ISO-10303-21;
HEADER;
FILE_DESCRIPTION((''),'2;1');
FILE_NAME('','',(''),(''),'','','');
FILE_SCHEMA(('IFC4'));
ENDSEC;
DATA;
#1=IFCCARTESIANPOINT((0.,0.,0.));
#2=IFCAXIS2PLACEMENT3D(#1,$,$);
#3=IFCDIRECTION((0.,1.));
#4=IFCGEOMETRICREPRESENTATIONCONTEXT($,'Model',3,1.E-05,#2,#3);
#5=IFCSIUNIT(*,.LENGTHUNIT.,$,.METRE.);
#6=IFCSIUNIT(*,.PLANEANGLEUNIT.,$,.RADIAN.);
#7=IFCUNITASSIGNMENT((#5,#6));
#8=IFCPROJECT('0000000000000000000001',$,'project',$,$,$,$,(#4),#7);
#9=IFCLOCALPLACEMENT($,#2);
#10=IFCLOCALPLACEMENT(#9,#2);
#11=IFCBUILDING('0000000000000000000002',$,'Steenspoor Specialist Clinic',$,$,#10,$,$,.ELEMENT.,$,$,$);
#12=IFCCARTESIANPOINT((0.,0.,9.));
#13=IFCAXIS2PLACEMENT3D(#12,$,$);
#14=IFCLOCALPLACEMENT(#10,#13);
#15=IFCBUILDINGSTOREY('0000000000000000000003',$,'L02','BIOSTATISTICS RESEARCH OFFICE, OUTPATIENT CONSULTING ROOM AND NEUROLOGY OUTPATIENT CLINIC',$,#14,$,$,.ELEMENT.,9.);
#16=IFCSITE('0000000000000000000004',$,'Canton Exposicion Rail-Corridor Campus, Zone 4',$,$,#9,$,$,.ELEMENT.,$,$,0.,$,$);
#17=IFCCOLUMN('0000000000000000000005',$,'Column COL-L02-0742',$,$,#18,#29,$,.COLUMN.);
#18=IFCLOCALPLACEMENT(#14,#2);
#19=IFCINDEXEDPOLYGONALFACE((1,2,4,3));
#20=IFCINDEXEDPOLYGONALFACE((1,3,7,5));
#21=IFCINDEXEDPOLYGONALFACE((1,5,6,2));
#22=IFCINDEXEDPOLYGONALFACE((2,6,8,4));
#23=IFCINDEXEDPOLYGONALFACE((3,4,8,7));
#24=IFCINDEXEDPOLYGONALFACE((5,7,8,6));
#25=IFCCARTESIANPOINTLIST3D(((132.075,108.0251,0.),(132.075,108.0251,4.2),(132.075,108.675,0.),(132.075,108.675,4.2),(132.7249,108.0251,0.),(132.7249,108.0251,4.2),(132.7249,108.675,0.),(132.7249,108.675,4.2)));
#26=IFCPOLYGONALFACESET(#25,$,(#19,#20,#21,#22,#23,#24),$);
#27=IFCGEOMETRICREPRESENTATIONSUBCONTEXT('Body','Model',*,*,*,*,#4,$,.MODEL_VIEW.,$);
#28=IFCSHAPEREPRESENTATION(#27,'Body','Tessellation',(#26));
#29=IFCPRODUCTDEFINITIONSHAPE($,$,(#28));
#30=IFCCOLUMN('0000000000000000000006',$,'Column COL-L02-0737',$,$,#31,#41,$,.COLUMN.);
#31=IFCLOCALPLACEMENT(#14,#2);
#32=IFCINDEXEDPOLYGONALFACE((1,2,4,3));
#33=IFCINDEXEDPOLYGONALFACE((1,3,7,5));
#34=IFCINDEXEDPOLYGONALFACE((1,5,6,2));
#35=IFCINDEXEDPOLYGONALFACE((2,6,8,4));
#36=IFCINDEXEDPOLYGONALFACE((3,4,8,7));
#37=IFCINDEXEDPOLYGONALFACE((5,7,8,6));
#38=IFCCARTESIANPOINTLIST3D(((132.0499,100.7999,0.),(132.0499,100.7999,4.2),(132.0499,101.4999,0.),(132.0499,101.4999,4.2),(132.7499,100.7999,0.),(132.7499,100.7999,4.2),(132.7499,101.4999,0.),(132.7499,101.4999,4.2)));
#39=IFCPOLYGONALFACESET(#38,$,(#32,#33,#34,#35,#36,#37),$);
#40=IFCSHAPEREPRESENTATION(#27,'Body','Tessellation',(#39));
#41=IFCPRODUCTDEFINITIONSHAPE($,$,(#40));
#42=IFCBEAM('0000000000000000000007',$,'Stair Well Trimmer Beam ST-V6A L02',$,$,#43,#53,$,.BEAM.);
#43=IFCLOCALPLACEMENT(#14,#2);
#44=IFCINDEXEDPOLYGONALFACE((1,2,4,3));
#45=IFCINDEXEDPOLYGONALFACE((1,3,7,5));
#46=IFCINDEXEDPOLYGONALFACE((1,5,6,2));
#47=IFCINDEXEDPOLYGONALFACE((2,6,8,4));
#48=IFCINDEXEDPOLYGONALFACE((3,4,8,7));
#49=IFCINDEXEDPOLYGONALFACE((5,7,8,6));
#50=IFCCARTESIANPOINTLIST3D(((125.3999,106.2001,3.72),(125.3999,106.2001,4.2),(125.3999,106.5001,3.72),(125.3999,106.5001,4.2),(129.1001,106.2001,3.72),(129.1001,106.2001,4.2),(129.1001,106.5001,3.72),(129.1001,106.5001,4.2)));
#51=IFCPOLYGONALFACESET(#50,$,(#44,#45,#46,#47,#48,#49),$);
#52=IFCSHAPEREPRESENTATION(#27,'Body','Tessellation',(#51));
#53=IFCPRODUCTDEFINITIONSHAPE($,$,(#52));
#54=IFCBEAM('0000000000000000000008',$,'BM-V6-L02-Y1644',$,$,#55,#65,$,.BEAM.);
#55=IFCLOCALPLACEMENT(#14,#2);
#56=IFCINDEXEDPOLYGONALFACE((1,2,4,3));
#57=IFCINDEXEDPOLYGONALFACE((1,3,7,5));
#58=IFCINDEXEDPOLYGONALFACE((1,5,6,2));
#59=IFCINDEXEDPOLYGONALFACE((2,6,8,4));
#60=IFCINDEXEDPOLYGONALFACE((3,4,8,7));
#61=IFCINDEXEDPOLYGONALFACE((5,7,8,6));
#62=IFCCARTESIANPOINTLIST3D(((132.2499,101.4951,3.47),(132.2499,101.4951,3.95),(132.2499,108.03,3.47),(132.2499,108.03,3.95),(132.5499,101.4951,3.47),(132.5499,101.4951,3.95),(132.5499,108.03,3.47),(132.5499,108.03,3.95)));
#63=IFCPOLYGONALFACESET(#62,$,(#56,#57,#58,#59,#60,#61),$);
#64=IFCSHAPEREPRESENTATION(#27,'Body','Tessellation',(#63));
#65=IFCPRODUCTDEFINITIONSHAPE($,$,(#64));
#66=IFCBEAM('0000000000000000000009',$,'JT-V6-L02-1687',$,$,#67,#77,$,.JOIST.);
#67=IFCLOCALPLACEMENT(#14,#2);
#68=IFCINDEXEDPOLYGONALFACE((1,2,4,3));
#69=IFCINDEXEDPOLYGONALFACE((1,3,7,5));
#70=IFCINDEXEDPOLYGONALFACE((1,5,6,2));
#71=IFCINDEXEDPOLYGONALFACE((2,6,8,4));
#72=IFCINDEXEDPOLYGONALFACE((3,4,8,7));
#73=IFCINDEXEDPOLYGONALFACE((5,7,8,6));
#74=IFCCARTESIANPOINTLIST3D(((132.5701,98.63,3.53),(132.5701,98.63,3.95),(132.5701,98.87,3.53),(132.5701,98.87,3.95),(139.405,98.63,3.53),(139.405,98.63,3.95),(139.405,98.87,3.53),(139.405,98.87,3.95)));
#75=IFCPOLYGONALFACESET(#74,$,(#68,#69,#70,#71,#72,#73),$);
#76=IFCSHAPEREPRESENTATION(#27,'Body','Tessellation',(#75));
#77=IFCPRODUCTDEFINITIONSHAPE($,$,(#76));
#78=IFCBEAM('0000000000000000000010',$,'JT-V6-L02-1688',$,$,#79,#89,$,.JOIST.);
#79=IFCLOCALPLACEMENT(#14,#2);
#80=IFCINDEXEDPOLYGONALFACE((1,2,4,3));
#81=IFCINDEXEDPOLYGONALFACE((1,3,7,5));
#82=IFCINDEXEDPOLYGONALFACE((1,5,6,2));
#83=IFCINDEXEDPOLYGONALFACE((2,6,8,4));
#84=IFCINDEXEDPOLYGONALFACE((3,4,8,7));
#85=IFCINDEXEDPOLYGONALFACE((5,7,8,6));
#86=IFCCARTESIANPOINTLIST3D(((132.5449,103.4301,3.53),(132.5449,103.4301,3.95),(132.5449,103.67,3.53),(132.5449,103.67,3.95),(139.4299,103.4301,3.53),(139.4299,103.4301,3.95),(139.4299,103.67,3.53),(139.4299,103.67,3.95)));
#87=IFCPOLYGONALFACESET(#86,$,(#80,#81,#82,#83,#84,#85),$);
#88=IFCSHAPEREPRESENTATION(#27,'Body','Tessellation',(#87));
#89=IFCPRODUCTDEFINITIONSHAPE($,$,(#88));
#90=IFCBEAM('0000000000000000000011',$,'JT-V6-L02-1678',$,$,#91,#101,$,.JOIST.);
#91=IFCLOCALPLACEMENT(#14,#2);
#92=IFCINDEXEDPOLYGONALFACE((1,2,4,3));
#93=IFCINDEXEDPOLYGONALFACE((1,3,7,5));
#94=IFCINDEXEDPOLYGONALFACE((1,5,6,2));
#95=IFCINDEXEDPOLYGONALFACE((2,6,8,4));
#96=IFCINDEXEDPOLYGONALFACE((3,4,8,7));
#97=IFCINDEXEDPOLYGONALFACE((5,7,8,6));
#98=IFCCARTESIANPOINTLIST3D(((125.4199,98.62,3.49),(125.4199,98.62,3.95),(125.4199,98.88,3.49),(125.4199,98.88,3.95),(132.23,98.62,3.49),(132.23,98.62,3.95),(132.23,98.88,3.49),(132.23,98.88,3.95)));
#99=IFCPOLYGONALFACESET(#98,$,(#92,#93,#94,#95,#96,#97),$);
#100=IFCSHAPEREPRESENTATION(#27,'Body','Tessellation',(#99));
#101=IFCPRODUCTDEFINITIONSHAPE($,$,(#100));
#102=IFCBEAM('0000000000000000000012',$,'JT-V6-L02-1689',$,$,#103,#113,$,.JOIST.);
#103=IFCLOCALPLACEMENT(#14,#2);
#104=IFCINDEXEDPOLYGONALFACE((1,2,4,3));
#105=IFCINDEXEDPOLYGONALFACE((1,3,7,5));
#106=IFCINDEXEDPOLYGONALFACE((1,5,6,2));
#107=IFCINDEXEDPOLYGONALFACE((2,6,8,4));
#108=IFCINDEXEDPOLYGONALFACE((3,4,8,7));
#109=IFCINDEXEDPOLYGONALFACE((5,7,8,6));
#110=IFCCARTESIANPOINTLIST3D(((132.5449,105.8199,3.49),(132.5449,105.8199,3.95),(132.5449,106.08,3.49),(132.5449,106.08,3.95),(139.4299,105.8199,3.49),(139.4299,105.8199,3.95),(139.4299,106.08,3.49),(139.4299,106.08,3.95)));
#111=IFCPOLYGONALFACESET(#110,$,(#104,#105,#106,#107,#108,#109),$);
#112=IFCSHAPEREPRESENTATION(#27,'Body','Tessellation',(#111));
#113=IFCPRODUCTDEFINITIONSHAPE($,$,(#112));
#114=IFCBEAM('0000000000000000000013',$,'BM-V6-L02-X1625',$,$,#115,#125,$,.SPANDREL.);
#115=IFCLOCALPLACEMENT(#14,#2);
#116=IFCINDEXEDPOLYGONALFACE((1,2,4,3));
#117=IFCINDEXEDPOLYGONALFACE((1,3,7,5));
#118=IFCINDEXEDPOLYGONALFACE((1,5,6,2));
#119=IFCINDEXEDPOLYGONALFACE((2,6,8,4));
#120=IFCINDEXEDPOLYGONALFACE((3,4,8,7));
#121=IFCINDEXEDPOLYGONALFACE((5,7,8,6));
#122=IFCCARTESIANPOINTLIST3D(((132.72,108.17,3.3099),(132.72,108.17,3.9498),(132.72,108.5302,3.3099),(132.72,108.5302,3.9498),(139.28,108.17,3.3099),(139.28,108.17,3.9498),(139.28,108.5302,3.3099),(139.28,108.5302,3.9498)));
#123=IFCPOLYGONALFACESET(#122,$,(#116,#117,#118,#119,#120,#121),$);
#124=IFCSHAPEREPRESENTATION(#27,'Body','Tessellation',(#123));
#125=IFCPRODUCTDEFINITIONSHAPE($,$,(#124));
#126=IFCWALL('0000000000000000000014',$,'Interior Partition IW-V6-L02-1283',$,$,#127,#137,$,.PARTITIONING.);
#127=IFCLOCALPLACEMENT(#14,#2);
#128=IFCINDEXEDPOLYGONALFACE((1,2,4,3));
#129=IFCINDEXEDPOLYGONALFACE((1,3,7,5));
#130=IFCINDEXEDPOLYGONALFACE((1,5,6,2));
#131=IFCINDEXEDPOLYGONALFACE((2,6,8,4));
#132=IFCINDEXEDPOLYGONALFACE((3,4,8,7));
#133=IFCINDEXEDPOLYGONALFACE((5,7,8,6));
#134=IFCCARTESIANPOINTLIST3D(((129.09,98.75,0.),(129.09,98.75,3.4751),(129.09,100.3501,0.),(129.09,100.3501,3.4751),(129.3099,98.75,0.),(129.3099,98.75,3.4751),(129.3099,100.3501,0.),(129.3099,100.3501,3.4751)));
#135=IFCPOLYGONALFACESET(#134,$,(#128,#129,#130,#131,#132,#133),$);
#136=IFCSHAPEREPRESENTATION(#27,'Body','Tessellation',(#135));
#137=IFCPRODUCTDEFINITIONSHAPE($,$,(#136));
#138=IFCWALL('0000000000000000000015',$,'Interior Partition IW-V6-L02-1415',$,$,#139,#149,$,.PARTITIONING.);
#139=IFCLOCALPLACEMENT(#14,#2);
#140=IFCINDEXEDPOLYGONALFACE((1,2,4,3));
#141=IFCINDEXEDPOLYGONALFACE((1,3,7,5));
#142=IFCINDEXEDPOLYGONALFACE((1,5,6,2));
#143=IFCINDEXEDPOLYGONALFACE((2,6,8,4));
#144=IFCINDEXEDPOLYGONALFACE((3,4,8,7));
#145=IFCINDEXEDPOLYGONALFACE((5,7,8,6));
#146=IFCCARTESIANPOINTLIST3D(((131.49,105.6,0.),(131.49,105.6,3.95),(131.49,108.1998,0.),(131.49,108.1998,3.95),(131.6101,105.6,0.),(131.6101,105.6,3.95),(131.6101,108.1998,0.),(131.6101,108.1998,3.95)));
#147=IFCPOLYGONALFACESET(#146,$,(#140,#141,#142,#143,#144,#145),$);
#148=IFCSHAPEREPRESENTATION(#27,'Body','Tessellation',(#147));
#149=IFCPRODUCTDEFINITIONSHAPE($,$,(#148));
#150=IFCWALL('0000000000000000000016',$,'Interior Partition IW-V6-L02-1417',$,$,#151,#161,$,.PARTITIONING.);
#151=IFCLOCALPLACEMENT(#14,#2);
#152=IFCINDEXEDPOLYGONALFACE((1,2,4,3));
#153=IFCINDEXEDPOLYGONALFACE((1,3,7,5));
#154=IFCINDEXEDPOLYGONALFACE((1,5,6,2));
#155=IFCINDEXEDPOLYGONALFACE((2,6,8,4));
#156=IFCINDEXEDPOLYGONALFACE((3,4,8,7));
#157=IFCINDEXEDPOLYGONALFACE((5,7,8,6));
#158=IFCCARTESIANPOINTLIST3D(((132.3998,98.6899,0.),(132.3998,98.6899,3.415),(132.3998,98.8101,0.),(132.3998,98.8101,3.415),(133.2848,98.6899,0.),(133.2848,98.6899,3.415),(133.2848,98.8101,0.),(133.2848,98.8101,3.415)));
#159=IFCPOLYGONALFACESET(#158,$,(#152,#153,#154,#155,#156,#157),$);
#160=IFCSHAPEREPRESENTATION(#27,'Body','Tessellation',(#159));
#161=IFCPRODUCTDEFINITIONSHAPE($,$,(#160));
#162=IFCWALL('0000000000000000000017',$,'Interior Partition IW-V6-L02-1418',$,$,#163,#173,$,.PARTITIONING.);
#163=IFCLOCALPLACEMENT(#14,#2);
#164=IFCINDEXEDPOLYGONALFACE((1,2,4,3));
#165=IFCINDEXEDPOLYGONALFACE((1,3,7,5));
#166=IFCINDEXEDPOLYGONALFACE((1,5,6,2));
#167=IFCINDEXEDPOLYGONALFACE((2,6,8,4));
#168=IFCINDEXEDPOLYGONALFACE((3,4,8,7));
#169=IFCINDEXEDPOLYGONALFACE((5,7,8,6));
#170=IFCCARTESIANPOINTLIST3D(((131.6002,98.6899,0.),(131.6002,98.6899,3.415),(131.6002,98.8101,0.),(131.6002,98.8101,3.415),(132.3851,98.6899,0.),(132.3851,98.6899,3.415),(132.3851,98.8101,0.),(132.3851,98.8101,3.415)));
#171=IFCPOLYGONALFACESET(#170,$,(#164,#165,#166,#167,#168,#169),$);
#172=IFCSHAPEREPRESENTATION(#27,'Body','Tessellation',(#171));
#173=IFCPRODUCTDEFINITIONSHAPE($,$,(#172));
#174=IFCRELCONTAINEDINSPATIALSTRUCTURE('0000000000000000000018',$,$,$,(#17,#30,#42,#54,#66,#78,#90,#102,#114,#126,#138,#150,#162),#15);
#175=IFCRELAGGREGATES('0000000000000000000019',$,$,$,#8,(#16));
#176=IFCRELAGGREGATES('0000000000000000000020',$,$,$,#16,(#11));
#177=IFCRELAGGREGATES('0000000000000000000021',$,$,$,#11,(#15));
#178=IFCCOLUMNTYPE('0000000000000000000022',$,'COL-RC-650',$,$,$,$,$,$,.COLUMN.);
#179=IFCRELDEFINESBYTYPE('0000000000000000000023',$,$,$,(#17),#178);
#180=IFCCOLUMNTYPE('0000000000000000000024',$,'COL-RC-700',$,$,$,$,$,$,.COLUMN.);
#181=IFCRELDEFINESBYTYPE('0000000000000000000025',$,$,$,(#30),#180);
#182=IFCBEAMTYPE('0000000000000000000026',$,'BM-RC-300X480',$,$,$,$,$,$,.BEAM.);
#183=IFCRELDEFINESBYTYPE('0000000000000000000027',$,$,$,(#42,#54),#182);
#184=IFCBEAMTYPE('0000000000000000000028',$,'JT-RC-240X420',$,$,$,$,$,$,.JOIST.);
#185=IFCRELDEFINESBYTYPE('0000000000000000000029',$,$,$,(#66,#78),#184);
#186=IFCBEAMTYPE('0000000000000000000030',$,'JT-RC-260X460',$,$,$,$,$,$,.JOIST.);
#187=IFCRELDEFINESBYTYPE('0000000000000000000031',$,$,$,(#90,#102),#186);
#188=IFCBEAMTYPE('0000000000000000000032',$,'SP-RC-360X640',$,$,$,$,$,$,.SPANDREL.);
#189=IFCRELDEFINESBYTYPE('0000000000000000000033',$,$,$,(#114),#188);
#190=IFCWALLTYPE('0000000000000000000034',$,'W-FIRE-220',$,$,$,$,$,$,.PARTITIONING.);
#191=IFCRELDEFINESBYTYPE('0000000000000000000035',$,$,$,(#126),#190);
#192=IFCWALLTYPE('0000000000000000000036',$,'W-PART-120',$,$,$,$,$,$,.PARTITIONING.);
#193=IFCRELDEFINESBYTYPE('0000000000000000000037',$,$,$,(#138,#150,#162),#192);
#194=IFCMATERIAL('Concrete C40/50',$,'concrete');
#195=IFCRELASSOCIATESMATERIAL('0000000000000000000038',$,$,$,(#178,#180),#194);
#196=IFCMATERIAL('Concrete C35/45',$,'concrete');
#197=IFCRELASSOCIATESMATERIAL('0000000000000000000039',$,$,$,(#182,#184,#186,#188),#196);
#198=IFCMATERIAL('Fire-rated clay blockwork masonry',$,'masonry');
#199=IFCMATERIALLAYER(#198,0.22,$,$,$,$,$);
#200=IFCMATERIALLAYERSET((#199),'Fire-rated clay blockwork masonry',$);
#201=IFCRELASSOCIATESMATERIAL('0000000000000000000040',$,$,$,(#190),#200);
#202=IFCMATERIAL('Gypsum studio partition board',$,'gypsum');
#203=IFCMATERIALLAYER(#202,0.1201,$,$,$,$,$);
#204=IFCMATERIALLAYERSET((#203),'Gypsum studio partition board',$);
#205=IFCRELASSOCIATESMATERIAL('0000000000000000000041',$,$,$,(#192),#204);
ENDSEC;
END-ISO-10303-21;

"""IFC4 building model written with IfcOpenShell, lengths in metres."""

from ifc_helpers import new_model, si_unit, direction, frame, frame_2d, origin, origin_2d, place, context, subcontext, project, spatial, rectangle, extrude, material, layer, layer_set, material_profile, profile_set, type_object, element, save


model = new_model("IFC4")

# Units and contexts
model_context = context("Model", 3, precision=1e-05, world=origin(), true_north=direction((0.0, 1.0)))
body_context = subcontext(model_context, "Body", "Model", "MODEL_VIEW")
ifc_project = project(units=[si_unit("LENGTHUNIT", "METRE"), si_unit("PLANEANGLEUNIT", "RADIAN")], contexts=[model_context])

# Site, building, storey
site_placement = place(None, origin())
site = spatial("IfcSite", under=ifc_project, at=site_placement, Name="Canton Exposicion Rail-Corridor Campus, Zone 4", CompositionType="ELEMENT", RefElevation=0.0)
building_placement = place(site_placement, origin())
building = spatial("IfcBuilding", under=site, at=building_placement, Name="Steenspoor Specialist Clinic", CompositionType="ELEMENT")
storey_placement = place(building_placement, frame((0.0, 0.0, 9.0)))
storey = spatial("IfcBuildingStorey", under=building, at=storey_placement, Name="L02", Description="BIOSTATISTICS RESEARCH OFFICE, OUTPATIENT CONSULTING ROOM AND NEUROLOGY OUTPATIENT CLINIC", CompositionType="ELEMENT", Elevation=9.0)

# Columns
ifc_material_1 = material(Name="Concrete C40/50", Category="concrete")
ifc_material_profile_1 = material_profile(ifc_material_1, rectangle(XDim=0.6499, YDim=0.6499, at=origin_2d()), Name="RC-COL-650X650")
ifc_profile_set_1 = profile_set([ifc_material_profile_1], Name="Concrete C40/50")
column_type_1 = type_object("IfcColumnType", Name="COL-RC-650", PredefinedType="COLUMN", material=ifc_profile_set_1)
column_1_placement = place(storey_placement, frame((132.3999, 108.3501, 0.0), z_axis=(0.0, 0.0, 1.0), x_axis=(1.0, 0.0, 0.0)))
element("IfcColumn", 1, at=column_1_placement, inside=storey, type_object=column_type_1, Name="Column COL-L02-0742", PredefinedType="COLUMN", context=body_context, shape_type="SweptSolid", body=[
    extrude(rectangle(XDim=0.6499, YDim=0.6499, at=origin_2d()), origin(), (0.0, 0.0, 1.0), 4.2),
])
ifc_material_profile_2 = material_profile(ifc_material_1, rectangle(XDim=0.7, YDim=0.7, at=origin_2d()), Name="RC-COL-700X700")
ifc_profile_set_2 = profile_set([ifc_material_profile_2], Name="Concrete C40/50")
column_type_2 = type_object("IfcColumnType", Name="COL-RC-700", PredefinedType="COLUMN", material=ifc_profile_set_2)
column_2_placement = place(storey_placement, frame((132.3999, 101.1499, 0.0), z_axis=(0.0, 0.0, 1.0), x_axis=(1.0, 0.0, 0.0)))
element("IfcColumn", 2, at=column_2_placement, inside=storey, type_object=column_type_2, Name="Column COL-L02-0737", PredefinedType="COLUMN", context=body_context, shape_type="SweptSolid", body=[
    extrude(rectangle(XDim=0.7, YDim=0.7, at=origin_2d()), origin(), (0.0, 0.0, 1.0), 4.2),
])

# Beams
ifc_material_2 = material(Name="Concrete C35/45", Category="concrete")
ifc_material_profile_3 = material_profile(ifc_material_2, rectangle(XDim=0.3, YDim=0.48, at=origin_2d()), Name="RC-BM-300X480")
ifc_profile_set_3 = profile_set([ifc_material_profile_3], Name="Concrete C35/45")
beam_type_1 = type_object("IfcBeamType", Name="BM-RC-300X480", PredefinedType="BEAM", material=ifc_profile_set_3)
beam_1_placement = place(storey_placement, frame((125.3999, 106.3501, 3.96), z_axis=(1.0, 0.0, 0.0), x_axis=(0.0, 1.0, 0.0)))
element("IfcBeam", 3, at=beam_1_placement, inside=storey, type_object=beam_type_1, Name="Stair Well Trimmer Beam ST-V6A L02", PredefinedType="BEAM", context=body_context, shape_type="SweptSolid", body=[
    extrude(rectangle(XDim=0.3, YDim=0.48, at=origin_2d()), origin(), (0.0, 0.0, 1.0), 3.7002),
])
beam_2_placement = place(storey_placement, frame((132.3999, 101.4951, 3.71), z_axis=(0.0, 1.0, 0.0), x_axis=(-1.0, 0.0, 0.0)))
element("IfcBeam", 4, at=beam_2_placement, inside=storey, type_object=beam_type_1, Name="BM-V6-L02-Y1644", PredefinedType="BEAM", context=body_context, shape_type="SweptSolid", body=[
    extrude(rectangle(XDim=0.3, YDim=0.48, at=origin_2d()), origin(), (0.0, 0.0, 1.0), 6.5349),
])
ifc_material_profile_4 = material_profile(ifc_material_2, rectangle(XDim=0.24, YDim=0.4199, at=origin_2d()), Name="RC-JT-240X420")
ifc_profile_set_4 = profile_set([ifc_material_profile_4], Name="Concrete C35/45")
beam_type_2 = type_object("IfcBeamType", Name="JT-RC-240X420", PredefinedType="JOIST", material=ifc_profile_set_4)
beam_3_placement = place(storey_placement, frame((132.5701, 98.75, 3.74), z_axis=(1.0, 0.0, 0.0), x_axis=(0.0, 1.0, 0.0)))
element("IfcBeam", 5, at=beam_3_placement, inside=storey, type_object=beam_type_2, Name="JT-V6-L02-1687", PredefinedType="JOIST", context=body_context, shape_type="SweptSolid", body=[
    extrude(rectangle(XDim=0.24, YDim=0.4199, at=origin_2d()), origin(), (0.0, 0.0, 1.0), 6.835),
])
beam_4_placement = place(storey_placement, frame((132.5449, 103.55, 3.74), z_axis=(1.0, 0.0, 0.0), x_axis=(0.0, 1.0, 0.0)))
element("IfcBeam", 6, at=beam_4_placement, inside=storey, type_object=beam_type_2, Name="JT-V6-L02-1688", PredefinedType="JOIST", context=body_context, shape_type="SweptSolid", body=[
    extrude(rectangle(XDim=0.24, YDim=0.4199, at=origin_2d()), origin(), (0.0, 0.0, 1.0), 6.885),
])
ifc_material_profile_5 = material_profile(ifc_material_2, rectangle(XDim=0.26, YDim=0.46, at=origin_2d()), Name="RC-JT-260X460")
ifc_profile_set_5 = profile_set([ifc_material_profile_5], Name="Concrete C35/45")
beam_type_3 = type_object("IfcBeamType", Name="JT-RC-260X460", PredefinedType="JOIST", material=ifc_profile_set_5)
beam_5_placement = place(storey_placement, frame((125.4199, 98.75, 3.72), z_axis=(1.0, 0.0, 0.0), x_axis=(0.0, 1.0, 0.0)))
element("IfcBeam", 7, at=beam_5_placement, inside=storey, type_object=beam_type_3, Name="JT-V6-L02-1678", PredefinedType="JOIST", context=body_context, shape_type="SweptSolid", body=[
    extrude(rectangle(XDim=0.26, YDim=0.46, at=origin_2d()), origin(), (0.0, 0.0, 1.0), 6.8101),
])
beam_6_placement = place(storey_placement, frame((132.5449, 105.95, 3.72), z_axis=(1.0, 0.0, 0.0), x_axis=(0.0, 1.0, 0.0)))
element("IfcBeam", 8, at=beam_6_placement, inside=storey, type_object=beam_type_3, Name="JT-V6-L02-1689", PredefinedType="JOIST", context=body_context, shape_type="SweptSolid", body=[
    extrude(rectangle(XDim=0.26, YDim=0.46, at=origin_2d()), origin(), (0.0, 0.0, 1.0), 6.885),
])
ifc_material_profile_6 = material_profile(ifc_material_2, rectangle(XDim=0.3601, YDim=0.6399, at=origin_2d()), Name="RC-SP-360X640")
ifc_profile_set_6 = profile_set([ifc_material_profile_6], Name="Concrete C35/45")
beam_type_4 = type_object("IfcBeamType", Name="SP-RC-360X640", PredefinedType="SPANDREL", material=ifc_profile_set_6)
beam_7_placement = place(storey_placement, frame((132.72, 108.3501, 3.6299), z_axis=(1.0, 0.0, 0.0), x_axis=(0.0, 1.0, 0.0)))
element("IfcBeam", 9, at=beam_7_placement, inside=storey, type_object=beam_type_4, Name="BM-V6-L02-X1625", PredefinedType="SPANDREL", context=body_context, shape_type="SweptSolid", body=[
    extrude(rectangle(XDim=0.3601, YDim=0.6399, at=origin_2d()), origin(), (0.0, 0.0, 1.0), 6.5601),
])

# Walls
ifc_material_3 = material(Name="Fire-rated clay blockwork masonry", Category="masonry")
ifc_layer_1 = layer(ifc_material_3, 0.22)
ifc_layer_set_1 = layer_set([ifc_layer_1], Name="Fire-rated clay blockwork masonry")
wall_type_1 = type_object("IfcWallType", Name="W-FIRE-220", PredefinedType="PARTITIONING", material=ifc_layer_set_1)
wall_1_placement = place(storey_placement, frame((129.2, 98.75, 0.0), z_axis=(0.0, 0.0, 1.0), x_axis=(0.0, 1.0, 0.0)))
element("IfcWall", 10, at=wall_1_placement, inside=storey, type_object=wall_type_1, Name="Interior Partition IW-V6-L02-1283", PredefinedType="PARTITIONING", context=body_context, shape_type="SweptSolid", body=[
    extrude(rectangle(XDim=1.6001, YDim=0.22, at=frame_2d((0.8, 0.0))), origin(), (0.0, 0.0, 1.0), 3.4751),
])
ifc_material_4 = material(Name="Gypsum studio partition board", Category="gypsum")
ifc_layer_2 = layer(ifc_material_4, 0.1201)
ifc_layer_set_2 = layer_set([ifc_layer_2], Name="Gypsum studio partition board")
wall_type_2 = type_object("IfcWallType", Name="W-PART-120", PredefinedType="PARTITIONING", material=ifc_layer_set_2)
wall_2_placement = place(storey_placement, frame((131.55, 105.6001, 0.0), z_axis=(0.0, 0.0, 1.0), x_axis=(0.0, 1.0, 0.0)))
element("IfcWall", 11, at=wall_2_placement, inside=storey, type_object=wall_type_2, Name="Interior Partition IW-V6-L02-1415", PredefinedType="PARTITIONING", context=body_context, shape_type="SweptSolid", body=[
    extrude(rectangle(XDim=2.5999, YDim=0.1201, at=frame_2d((1.2998, 0.0))), origin(), (0.0, 0.0, 1.0), 3.95),
])
wall_3_placement = place(storey_placement, frame((132.3999, 98.75, 0.0), z_axis=(0.0, 0.0, 1.0), x_axis=(1.0, 0.0, 0.0)))
element("IfcWall", 12, at=wall_3_placement, inside=storey, type_object=wall_type_2, Name="Interior Partition IW-V6-L02-1417", PredefinedType="PARTITIONING", context=body_context, shape_type="SweptSolid", body=[
    extrude(rectangle(XDim=0.885, YDim=0.1201, at=frame_2d((0.4424, 0.0))), origin(), (0.0, 0.0, 1.0), 3.415),
])
wall_4_placement = place(storey_placement, frame((131.6001, 98.75, 0.0), z_axis=(0.0, 0.0, 1.0), x_axis=(1.0, 0.0, 0.0)))
element("IfcWall", 13, at=wall_4_placement, inside=storey, type_object=wall_type_2, Name="Interior Partition IW-V6-L02-1418", PredefinedType="PARTITIONING", context=body_context, shape_type="SweptSolid", body=[
    extrude(rectangle(XDim=0.7849, YDim=0.1201, at=frame_2d((0.3926, 0.0))), origin(), (0.0, 0.0, 1.0), 3.415),
])

save(model, "model.ifc")
